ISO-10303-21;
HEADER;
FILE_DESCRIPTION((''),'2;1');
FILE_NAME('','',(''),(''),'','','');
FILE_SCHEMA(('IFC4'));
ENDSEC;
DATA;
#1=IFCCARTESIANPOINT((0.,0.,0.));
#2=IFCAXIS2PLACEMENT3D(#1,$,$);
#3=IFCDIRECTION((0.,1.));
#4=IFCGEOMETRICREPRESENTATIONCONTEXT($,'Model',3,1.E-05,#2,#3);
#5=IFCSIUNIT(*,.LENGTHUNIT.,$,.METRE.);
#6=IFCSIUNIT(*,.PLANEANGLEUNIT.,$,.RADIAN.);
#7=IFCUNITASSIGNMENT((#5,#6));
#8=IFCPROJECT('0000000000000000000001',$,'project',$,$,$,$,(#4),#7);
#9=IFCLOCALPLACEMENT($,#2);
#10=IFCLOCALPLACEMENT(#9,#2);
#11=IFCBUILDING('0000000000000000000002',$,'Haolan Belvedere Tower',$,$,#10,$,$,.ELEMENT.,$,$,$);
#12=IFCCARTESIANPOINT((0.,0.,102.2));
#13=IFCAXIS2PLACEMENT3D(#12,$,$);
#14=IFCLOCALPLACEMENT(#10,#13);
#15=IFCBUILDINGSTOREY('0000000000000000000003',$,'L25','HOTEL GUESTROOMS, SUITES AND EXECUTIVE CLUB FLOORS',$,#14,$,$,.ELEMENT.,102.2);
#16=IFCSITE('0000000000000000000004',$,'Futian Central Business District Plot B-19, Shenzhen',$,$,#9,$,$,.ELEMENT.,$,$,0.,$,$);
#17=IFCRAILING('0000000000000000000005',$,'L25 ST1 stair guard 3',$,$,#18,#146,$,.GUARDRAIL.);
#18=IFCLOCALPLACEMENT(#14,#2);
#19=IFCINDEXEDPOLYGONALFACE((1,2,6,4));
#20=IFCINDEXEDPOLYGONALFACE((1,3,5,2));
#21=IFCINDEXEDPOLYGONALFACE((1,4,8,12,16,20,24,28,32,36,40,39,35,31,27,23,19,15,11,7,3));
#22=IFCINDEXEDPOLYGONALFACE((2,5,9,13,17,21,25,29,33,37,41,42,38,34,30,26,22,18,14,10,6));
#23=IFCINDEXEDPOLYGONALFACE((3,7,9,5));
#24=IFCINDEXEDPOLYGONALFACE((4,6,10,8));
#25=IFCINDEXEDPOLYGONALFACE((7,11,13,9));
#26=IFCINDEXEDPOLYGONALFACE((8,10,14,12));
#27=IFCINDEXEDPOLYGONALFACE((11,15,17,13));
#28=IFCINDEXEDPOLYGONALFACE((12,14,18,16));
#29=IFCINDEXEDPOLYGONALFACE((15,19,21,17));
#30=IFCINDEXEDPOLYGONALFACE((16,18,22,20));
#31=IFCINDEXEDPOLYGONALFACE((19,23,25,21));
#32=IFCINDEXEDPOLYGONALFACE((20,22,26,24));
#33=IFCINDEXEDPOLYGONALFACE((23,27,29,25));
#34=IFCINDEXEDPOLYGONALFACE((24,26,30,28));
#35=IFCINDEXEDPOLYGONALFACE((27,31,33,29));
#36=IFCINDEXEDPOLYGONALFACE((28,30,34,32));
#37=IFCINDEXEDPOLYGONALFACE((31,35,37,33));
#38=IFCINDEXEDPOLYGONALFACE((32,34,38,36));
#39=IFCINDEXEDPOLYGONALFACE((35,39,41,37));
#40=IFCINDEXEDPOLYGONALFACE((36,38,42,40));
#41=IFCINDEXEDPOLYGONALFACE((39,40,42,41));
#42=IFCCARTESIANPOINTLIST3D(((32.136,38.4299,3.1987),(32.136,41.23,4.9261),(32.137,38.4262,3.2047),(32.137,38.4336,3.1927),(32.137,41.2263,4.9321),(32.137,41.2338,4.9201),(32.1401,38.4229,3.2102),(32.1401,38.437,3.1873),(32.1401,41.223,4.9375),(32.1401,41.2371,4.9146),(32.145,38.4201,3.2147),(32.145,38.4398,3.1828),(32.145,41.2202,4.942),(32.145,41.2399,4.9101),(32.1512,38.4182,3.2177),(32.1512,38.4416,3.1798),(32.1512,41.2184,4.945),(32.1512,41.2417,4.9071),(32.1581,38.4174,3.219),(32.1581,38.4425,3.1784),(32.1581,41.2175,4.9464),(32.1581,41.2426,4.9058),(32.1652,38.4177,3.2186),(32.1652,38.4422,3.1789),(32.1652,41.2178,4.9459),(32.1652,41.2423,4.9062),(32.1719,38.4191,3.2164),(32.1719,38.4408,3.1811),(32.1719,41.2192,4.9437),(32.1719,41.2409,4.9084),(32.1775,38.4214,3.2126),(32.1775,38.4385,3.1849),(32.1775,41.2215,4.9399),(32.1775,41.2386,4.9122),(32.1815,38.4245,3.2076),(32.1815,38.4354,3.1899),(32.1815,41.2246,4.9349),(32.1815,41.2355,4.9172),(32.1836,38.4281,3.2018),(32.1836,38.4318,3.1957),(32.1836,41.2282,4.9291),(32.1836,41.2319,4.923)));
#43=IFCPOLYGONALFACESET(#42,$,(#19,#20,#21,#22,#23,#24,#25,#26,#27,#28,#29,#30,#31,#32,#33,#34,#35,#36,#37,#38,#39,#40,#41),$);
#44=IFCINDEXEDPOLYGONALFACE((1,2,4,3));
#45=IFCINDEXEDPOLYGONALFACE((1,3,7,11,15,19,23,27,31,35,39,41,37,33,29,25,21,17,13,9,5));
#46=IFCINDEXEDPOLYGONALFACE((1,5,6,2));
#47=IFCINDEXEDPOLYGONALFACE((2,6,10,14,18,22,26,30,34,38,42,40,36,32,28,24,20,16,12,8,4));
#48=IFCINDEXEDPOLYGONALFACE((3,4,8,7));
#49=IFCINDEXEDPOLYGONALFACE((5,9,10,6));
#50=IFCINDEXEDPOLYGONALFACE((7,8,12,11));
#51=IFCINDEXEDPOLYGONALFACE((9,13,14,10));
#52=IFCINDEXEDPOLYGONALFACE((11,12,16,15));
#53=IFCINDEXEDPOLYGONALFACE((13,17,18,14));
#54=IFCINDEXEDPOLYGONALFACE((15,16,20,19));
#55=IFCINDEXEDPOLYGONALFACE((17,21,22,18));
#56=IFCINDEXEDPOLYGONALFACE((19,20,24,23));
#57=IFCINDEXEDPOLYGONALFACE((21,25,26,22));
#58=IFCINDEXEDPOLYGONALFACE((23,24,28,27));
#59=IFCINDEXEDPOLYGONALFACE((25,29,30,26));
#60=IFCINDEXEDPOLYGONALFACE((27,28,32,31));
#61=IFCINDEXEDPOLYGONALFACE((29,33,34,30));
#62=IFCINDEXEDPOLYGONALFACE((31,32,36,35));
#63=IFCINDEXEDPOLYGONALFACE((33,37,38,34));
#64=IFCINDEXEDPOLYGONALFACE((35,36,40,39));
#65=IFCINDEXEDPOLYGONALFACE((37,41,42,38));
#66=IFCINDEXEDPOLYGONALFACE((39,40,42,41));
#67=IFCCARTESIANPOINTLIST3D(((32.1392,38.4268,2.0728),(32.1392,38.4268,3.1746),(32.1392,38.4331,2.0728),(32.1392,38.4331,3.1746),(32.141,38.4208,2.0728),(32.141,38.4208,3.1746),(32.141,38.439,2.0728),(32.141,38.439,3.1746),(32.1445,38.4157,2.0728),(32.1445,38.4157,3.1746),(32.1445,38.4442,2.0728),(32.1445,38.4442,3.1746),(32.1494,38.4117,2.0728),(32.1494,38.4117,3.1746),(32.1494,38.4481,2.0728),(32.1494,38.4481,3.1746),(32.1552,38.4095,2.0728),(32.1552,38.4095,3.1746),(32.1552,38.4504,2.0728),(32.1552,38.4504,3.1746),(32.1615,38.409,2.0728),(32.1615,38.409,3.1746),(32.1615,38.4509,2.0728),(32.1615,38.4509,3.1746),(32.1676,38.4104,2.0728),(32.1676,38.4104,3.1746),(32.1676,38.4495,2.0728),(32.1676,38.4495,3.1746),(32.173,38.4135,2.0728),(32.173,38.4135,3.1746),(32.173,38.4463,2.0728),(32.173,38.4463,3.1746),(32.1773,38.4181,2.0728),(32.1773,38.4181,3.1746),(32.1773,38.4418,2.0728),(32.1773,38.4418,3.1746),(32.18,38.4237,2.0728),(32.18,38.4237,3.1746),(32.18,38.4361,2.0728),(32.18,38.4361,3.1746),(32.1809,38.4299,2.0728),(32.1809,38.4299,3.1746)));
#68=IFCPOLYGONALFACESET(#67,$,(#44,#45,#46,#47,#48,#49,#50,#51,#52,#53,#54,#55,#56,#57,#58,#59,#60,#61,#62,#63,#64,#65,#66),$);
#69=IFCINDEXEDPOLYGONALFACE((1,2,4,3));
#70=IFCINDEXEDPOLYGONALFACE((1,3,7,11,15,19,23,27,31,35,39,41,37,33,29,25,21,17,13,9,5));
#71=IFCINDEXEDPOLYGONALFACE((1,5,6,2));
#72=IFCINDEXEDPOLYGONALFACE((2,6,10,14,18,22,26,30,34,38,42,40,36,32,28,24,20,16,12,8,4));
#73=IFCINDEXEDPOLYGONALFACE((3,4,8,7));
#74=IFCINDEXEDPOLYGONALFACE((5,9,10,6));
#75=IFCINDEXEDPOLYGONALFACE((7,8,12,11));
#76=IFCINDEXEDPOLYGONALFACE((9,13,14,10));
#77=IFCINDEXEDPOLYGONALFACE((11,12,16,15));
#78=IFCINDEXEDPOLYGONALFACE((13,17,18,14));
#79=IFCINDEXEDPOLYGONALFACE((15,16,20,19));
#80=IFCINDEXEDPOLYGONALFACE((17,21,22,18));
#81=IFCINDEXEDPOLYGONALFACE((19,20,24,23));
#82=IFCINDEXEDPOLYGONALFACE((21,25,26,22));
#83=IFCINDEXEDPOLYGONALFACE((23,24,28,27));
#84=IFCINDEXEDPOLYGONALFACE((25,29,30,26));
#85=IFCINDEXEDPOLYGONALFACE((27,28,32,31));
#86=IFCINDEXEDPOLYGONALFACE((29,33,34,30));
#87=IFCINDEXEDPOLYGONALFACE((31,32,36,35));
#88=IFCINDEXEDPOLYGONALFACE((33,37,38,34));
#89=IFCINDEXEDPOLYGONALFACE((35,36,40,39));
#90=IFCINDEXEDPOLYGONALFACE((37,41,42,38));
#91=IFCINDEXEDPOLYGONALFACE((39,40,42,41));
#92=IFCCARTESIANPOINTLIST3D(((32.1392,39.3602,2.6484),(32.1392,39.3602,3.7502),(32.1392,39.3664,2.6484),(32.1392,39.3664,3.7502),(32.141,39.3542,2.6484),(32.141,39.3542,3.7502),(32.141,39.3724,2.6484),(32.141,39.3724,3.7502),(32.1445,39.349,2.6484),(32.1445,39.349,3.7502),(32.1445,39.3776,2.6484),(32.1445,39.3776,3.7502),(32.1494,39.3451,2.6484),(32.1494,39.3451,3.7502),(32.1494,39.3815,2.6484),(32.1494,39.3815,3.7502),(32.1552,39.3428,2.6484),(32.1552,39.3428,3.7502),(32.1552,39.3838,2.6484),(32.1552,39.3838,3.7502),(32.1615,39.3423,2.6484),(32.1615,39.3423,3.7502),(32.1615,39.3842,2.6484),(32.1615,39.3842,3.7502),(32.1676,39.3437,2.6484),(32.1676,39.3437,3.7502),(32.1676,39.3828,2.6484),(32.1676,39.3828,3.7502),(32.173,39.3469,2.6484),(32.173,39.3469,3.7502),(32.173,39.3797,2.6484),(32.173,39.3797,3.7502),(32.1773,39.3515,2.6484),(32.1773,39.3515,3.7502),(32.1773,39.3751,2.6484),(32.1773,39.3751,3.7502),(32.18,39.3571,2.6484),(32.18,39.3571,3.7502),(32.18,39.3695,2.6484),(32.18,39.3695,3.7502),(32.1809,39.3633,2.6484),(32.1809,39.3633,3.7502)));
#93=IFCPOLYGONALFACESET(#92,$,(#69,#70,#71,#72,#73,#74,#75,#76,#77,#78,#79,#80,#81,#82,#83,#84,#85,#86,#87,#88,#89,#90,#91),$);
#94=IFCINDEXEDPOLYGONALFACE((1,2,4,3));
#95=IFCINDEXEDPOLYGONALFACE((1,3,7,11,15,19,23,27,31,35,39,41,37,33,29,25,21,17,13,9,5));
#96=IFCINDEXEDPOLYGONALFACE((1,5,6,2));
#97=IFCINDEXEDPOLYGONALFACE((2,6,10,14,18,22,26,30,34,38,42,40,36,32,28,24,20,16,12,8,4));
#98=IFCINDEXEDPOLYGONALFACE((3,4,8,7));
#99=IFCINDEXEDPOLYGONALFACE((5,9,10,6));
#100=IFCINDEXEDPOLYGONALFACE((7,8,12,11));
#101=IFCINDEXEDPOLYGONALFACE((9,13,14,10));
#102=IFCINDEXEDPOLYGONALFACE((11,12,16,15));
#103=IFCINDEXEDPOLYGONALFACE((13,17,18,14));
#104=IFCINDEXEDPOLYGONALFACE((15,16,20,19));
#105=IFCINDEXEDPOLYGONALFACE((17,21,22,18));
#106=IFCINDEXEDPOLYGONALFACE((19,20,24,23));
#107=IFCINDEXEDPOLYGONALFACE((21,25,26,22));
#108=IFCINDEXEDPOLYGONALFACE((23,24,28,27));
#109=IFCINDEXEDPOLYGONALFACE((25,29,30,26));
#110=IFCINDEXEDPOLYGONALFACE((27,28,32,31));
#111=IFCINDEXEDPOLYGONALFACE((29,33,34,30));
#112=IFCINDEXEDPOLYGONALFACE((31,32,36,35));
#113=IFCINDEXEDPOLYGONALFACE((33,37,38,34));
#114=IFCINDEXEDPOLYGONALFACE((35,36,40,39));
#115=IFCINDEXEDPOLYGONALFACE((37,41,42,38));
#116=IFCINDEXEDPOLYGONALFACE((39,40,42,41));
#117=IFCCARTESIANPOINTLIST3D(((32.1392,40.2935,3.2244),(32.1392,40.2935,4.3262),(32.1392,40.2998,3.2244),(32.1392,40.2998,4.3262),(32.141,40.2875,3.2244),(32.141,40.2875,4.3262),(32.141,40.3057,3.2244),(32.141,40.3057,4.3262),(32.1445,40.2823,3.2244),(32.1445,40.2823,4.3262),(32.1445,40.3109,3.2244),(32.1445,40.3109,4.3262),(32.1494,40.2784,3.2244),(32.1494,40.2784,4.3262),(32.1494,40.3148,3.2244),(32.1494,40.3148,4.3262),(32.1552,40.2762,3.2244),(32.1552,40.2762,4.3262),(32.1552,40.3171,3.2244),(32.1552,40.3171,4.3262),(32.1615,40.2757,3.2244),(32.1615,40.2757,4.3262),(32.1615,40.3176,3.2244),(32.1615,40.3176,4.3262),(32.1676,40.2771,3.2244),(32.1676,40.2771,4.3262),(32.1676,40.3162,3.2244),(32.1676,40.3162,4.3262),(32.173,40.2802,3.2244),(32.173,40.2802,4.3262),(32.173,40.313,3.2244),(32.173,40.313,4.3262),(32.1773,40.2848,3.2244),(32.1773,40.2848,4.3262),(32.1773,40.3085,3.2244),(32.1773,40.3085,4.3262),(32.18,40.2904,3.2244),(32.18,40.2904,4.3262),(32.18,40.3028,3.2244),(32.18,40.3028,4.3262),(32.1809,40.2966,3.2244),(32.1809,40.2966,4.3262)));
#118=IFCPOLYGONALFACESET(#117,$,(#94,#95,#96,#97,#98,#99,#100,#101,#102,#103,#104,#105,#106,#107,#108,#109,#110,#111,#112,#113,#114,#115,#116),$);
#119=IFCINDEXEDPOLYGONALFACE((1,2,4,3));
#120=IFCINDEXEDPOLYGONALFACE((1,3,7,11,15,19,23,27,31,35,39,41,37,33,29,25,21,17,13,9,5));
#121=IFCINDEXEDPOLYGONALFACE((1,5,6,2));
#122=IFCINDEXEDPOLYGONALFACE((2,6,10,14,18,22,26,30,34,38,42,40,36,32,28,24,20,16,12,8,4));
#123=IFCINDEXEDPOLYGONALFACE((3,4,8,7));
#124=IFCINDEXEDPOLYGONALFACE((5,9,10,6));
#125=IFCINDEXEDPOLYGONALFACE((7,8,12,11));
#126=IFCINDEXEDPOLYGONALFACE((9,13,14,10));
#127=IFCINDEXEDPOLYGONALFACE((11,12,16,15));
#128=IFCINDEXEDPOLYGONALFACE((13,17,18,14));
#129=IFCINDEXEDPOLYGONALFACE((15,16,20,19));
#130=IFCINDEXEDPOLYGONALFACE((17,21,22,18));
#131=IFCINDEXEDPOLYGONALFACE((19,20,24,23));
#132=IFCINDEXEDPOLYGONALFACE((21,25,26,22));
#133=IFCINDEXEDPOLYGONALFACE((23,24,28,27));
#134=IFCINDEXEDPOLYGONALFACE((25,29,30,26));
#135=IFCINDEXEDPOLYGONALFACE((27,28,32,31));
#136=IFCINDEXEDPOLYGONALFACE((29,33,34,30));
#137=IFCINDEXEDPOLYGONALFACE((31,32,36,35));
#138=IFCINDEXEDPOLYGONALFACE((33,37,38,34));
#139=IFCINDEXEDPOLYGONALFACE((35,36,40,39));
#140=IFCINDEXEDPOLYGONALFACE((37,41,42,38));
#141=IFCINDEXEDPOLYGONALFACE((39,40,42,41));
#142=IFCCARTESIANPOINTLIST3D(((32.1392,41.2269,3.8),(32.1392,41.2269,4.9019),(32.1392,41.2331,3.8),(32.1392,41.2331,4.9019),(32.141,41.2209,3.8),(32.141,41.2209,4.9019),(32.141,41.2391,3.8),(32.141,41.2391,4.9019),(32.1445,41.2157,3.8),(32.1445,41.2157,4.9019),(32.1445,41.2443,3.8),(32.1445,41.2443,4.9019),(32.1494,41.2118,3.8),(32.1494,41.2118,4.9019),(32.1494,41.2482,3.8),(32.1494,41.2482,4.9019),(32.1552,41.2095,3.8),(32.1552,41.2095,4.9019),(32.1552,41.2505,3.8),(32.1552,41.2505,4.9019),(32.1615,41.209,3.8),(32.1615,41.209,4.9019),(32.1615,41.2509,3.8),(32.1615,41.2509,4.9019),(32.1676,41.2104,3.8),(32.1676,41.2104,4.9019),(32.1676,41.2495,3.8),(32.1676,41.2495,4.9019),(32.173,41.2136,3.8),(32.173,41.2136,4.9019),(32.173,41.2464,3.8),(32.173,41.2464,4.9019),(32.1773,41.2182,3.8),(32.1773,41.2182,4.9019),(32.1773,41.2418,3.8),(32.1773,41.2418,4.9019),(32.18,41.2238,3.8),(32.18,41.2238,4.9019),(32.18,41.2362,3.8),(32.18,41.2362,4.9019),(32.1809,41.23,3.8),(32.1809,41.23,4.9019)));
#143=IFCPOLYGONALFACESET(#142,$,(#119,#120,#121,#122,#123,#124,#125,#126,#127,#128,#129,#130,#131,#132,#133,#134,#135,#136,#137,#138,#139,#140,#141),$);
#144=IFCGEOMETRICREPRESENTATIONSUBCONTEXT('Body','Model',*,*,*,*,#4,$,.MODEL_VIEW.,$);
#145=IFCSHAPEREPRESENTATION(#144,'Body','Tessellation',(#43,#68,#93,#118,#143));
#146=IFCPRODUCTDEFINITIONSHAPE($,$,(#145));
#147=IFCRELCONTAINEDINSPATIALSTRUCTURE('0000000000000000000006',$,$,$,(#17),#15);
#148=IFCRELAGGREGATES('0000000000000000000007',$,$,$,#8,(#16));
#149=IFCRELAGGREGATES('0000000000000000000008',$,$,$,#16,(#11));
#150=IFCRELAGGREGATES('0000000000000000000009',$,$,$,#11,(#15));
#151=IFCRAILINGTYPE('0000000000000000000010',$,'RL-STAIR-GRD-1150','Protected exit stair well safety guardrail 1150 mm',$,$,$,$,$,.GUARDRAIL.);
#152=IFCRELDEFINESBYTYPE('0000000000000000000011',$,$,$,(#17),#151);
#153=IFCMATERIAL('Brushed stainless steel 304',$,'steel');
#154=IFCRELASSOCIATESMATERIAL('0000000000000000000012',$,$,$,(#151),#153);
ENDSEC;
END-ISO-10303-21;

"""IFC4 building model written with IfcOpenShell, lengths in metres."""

from ifc_helpers import new_model, si_unit, direction, frame, origin, origin_2d, place, context, subcontext, project, spatial, circle, extrude, material, type_object, element, save


model = new_model("IFC4")

# Units and contexts
model_context = context("Model", 3, precision=1e-05, world=origin(), true_north=direction((0.0, 1.0)))
body_context = subcontext(model_context, "Body", "Model", "MODEL_VIEW")
ifc_project = project(units=[si_unit("LENGTHUNIT", "METRE"), si_unit("PLANEANGLEUNIT", "RADIAN")], contexts=[model_context])

# Site, building, storey
site_placement = place(None, origin())
site = spatial("IfcSite", under=ifc_project, at=site_placement, Name="Futian Central Business District Plot B-19, Shenzhen", CompositionType="ELEMENT", RefElevation=0.0)
building_placement = place(site_placement, origin())
building = spatial("IfcBuilding", under=site, at=building_placement, Name="Haolan Belvedere Tower", CompositionType="ELEMENT")
storey_placement = place(building_placement, frame((0.0, 0.0, 102.2)))
storey = spatial("IfcBuildingStorey", under=building, at=storey_placement, Name="L25", Description="HOTEL GUESTROOMS, SUITES AND EXECUTIVE CLUB FLOORS", CompositionType="ELEMENT", Elevation=102.2)

# Railing
ifc_material_1 = material(Name="Brushed stainless steel 304", Category="steel")
railing_type_1 = type_object("IfcRailingType", Name="RL-STAIR-GRD-1150", Description="Protected exit stair well safety guardrail 1150 mm", PredefinedType="GUARDRAIL", material=ifc_material_1)
railing_1_placement = place(storey_placement, frame((32.1599, 38.4299, 2.0728)))
element("IfcRailing", 1, at=railing_1_placement, inside=storey, type_object=railing_type_1, Name="L25 ST1 stair guard 3", PredefinedType="GUARDRAIL", context=body_context, shape_type="SweptSolid", body=[
    extrude(circle(Radius=0.0239, at=origin_2d()), frame((0.0, 0.0, 1.126), z_axis=(0.0, 0.85109, 0.52502), x_axis=(-1.0, 0.0, 0.0)), (0.0, 0.0, 1.0), 3.29),
    extrude(circle(Radius=0.021, at=origin_2d()), origin(), (0.0, 0.0, 1.0), 1.1018),
    extrude(circle(Radius=0.021, at=origin_2d()), frame((0.0, 0.9333, 0.5757)), (0.0, 0.0, 1.0), 1.1018),
    extrude(circle(Radius=0.021, at=origin_2d()), frame((0.0, 1.8667, 1.1516)), (0.0, 0.0, 1.0), 1.1018),
    extrude(circle(Radius=0.021, at=origin_2d()), frame((0.0, 2.8, 1.7273)), (0.0, 0.0, 1.0), 1.1018),
])

save(model, "model.ifc")
